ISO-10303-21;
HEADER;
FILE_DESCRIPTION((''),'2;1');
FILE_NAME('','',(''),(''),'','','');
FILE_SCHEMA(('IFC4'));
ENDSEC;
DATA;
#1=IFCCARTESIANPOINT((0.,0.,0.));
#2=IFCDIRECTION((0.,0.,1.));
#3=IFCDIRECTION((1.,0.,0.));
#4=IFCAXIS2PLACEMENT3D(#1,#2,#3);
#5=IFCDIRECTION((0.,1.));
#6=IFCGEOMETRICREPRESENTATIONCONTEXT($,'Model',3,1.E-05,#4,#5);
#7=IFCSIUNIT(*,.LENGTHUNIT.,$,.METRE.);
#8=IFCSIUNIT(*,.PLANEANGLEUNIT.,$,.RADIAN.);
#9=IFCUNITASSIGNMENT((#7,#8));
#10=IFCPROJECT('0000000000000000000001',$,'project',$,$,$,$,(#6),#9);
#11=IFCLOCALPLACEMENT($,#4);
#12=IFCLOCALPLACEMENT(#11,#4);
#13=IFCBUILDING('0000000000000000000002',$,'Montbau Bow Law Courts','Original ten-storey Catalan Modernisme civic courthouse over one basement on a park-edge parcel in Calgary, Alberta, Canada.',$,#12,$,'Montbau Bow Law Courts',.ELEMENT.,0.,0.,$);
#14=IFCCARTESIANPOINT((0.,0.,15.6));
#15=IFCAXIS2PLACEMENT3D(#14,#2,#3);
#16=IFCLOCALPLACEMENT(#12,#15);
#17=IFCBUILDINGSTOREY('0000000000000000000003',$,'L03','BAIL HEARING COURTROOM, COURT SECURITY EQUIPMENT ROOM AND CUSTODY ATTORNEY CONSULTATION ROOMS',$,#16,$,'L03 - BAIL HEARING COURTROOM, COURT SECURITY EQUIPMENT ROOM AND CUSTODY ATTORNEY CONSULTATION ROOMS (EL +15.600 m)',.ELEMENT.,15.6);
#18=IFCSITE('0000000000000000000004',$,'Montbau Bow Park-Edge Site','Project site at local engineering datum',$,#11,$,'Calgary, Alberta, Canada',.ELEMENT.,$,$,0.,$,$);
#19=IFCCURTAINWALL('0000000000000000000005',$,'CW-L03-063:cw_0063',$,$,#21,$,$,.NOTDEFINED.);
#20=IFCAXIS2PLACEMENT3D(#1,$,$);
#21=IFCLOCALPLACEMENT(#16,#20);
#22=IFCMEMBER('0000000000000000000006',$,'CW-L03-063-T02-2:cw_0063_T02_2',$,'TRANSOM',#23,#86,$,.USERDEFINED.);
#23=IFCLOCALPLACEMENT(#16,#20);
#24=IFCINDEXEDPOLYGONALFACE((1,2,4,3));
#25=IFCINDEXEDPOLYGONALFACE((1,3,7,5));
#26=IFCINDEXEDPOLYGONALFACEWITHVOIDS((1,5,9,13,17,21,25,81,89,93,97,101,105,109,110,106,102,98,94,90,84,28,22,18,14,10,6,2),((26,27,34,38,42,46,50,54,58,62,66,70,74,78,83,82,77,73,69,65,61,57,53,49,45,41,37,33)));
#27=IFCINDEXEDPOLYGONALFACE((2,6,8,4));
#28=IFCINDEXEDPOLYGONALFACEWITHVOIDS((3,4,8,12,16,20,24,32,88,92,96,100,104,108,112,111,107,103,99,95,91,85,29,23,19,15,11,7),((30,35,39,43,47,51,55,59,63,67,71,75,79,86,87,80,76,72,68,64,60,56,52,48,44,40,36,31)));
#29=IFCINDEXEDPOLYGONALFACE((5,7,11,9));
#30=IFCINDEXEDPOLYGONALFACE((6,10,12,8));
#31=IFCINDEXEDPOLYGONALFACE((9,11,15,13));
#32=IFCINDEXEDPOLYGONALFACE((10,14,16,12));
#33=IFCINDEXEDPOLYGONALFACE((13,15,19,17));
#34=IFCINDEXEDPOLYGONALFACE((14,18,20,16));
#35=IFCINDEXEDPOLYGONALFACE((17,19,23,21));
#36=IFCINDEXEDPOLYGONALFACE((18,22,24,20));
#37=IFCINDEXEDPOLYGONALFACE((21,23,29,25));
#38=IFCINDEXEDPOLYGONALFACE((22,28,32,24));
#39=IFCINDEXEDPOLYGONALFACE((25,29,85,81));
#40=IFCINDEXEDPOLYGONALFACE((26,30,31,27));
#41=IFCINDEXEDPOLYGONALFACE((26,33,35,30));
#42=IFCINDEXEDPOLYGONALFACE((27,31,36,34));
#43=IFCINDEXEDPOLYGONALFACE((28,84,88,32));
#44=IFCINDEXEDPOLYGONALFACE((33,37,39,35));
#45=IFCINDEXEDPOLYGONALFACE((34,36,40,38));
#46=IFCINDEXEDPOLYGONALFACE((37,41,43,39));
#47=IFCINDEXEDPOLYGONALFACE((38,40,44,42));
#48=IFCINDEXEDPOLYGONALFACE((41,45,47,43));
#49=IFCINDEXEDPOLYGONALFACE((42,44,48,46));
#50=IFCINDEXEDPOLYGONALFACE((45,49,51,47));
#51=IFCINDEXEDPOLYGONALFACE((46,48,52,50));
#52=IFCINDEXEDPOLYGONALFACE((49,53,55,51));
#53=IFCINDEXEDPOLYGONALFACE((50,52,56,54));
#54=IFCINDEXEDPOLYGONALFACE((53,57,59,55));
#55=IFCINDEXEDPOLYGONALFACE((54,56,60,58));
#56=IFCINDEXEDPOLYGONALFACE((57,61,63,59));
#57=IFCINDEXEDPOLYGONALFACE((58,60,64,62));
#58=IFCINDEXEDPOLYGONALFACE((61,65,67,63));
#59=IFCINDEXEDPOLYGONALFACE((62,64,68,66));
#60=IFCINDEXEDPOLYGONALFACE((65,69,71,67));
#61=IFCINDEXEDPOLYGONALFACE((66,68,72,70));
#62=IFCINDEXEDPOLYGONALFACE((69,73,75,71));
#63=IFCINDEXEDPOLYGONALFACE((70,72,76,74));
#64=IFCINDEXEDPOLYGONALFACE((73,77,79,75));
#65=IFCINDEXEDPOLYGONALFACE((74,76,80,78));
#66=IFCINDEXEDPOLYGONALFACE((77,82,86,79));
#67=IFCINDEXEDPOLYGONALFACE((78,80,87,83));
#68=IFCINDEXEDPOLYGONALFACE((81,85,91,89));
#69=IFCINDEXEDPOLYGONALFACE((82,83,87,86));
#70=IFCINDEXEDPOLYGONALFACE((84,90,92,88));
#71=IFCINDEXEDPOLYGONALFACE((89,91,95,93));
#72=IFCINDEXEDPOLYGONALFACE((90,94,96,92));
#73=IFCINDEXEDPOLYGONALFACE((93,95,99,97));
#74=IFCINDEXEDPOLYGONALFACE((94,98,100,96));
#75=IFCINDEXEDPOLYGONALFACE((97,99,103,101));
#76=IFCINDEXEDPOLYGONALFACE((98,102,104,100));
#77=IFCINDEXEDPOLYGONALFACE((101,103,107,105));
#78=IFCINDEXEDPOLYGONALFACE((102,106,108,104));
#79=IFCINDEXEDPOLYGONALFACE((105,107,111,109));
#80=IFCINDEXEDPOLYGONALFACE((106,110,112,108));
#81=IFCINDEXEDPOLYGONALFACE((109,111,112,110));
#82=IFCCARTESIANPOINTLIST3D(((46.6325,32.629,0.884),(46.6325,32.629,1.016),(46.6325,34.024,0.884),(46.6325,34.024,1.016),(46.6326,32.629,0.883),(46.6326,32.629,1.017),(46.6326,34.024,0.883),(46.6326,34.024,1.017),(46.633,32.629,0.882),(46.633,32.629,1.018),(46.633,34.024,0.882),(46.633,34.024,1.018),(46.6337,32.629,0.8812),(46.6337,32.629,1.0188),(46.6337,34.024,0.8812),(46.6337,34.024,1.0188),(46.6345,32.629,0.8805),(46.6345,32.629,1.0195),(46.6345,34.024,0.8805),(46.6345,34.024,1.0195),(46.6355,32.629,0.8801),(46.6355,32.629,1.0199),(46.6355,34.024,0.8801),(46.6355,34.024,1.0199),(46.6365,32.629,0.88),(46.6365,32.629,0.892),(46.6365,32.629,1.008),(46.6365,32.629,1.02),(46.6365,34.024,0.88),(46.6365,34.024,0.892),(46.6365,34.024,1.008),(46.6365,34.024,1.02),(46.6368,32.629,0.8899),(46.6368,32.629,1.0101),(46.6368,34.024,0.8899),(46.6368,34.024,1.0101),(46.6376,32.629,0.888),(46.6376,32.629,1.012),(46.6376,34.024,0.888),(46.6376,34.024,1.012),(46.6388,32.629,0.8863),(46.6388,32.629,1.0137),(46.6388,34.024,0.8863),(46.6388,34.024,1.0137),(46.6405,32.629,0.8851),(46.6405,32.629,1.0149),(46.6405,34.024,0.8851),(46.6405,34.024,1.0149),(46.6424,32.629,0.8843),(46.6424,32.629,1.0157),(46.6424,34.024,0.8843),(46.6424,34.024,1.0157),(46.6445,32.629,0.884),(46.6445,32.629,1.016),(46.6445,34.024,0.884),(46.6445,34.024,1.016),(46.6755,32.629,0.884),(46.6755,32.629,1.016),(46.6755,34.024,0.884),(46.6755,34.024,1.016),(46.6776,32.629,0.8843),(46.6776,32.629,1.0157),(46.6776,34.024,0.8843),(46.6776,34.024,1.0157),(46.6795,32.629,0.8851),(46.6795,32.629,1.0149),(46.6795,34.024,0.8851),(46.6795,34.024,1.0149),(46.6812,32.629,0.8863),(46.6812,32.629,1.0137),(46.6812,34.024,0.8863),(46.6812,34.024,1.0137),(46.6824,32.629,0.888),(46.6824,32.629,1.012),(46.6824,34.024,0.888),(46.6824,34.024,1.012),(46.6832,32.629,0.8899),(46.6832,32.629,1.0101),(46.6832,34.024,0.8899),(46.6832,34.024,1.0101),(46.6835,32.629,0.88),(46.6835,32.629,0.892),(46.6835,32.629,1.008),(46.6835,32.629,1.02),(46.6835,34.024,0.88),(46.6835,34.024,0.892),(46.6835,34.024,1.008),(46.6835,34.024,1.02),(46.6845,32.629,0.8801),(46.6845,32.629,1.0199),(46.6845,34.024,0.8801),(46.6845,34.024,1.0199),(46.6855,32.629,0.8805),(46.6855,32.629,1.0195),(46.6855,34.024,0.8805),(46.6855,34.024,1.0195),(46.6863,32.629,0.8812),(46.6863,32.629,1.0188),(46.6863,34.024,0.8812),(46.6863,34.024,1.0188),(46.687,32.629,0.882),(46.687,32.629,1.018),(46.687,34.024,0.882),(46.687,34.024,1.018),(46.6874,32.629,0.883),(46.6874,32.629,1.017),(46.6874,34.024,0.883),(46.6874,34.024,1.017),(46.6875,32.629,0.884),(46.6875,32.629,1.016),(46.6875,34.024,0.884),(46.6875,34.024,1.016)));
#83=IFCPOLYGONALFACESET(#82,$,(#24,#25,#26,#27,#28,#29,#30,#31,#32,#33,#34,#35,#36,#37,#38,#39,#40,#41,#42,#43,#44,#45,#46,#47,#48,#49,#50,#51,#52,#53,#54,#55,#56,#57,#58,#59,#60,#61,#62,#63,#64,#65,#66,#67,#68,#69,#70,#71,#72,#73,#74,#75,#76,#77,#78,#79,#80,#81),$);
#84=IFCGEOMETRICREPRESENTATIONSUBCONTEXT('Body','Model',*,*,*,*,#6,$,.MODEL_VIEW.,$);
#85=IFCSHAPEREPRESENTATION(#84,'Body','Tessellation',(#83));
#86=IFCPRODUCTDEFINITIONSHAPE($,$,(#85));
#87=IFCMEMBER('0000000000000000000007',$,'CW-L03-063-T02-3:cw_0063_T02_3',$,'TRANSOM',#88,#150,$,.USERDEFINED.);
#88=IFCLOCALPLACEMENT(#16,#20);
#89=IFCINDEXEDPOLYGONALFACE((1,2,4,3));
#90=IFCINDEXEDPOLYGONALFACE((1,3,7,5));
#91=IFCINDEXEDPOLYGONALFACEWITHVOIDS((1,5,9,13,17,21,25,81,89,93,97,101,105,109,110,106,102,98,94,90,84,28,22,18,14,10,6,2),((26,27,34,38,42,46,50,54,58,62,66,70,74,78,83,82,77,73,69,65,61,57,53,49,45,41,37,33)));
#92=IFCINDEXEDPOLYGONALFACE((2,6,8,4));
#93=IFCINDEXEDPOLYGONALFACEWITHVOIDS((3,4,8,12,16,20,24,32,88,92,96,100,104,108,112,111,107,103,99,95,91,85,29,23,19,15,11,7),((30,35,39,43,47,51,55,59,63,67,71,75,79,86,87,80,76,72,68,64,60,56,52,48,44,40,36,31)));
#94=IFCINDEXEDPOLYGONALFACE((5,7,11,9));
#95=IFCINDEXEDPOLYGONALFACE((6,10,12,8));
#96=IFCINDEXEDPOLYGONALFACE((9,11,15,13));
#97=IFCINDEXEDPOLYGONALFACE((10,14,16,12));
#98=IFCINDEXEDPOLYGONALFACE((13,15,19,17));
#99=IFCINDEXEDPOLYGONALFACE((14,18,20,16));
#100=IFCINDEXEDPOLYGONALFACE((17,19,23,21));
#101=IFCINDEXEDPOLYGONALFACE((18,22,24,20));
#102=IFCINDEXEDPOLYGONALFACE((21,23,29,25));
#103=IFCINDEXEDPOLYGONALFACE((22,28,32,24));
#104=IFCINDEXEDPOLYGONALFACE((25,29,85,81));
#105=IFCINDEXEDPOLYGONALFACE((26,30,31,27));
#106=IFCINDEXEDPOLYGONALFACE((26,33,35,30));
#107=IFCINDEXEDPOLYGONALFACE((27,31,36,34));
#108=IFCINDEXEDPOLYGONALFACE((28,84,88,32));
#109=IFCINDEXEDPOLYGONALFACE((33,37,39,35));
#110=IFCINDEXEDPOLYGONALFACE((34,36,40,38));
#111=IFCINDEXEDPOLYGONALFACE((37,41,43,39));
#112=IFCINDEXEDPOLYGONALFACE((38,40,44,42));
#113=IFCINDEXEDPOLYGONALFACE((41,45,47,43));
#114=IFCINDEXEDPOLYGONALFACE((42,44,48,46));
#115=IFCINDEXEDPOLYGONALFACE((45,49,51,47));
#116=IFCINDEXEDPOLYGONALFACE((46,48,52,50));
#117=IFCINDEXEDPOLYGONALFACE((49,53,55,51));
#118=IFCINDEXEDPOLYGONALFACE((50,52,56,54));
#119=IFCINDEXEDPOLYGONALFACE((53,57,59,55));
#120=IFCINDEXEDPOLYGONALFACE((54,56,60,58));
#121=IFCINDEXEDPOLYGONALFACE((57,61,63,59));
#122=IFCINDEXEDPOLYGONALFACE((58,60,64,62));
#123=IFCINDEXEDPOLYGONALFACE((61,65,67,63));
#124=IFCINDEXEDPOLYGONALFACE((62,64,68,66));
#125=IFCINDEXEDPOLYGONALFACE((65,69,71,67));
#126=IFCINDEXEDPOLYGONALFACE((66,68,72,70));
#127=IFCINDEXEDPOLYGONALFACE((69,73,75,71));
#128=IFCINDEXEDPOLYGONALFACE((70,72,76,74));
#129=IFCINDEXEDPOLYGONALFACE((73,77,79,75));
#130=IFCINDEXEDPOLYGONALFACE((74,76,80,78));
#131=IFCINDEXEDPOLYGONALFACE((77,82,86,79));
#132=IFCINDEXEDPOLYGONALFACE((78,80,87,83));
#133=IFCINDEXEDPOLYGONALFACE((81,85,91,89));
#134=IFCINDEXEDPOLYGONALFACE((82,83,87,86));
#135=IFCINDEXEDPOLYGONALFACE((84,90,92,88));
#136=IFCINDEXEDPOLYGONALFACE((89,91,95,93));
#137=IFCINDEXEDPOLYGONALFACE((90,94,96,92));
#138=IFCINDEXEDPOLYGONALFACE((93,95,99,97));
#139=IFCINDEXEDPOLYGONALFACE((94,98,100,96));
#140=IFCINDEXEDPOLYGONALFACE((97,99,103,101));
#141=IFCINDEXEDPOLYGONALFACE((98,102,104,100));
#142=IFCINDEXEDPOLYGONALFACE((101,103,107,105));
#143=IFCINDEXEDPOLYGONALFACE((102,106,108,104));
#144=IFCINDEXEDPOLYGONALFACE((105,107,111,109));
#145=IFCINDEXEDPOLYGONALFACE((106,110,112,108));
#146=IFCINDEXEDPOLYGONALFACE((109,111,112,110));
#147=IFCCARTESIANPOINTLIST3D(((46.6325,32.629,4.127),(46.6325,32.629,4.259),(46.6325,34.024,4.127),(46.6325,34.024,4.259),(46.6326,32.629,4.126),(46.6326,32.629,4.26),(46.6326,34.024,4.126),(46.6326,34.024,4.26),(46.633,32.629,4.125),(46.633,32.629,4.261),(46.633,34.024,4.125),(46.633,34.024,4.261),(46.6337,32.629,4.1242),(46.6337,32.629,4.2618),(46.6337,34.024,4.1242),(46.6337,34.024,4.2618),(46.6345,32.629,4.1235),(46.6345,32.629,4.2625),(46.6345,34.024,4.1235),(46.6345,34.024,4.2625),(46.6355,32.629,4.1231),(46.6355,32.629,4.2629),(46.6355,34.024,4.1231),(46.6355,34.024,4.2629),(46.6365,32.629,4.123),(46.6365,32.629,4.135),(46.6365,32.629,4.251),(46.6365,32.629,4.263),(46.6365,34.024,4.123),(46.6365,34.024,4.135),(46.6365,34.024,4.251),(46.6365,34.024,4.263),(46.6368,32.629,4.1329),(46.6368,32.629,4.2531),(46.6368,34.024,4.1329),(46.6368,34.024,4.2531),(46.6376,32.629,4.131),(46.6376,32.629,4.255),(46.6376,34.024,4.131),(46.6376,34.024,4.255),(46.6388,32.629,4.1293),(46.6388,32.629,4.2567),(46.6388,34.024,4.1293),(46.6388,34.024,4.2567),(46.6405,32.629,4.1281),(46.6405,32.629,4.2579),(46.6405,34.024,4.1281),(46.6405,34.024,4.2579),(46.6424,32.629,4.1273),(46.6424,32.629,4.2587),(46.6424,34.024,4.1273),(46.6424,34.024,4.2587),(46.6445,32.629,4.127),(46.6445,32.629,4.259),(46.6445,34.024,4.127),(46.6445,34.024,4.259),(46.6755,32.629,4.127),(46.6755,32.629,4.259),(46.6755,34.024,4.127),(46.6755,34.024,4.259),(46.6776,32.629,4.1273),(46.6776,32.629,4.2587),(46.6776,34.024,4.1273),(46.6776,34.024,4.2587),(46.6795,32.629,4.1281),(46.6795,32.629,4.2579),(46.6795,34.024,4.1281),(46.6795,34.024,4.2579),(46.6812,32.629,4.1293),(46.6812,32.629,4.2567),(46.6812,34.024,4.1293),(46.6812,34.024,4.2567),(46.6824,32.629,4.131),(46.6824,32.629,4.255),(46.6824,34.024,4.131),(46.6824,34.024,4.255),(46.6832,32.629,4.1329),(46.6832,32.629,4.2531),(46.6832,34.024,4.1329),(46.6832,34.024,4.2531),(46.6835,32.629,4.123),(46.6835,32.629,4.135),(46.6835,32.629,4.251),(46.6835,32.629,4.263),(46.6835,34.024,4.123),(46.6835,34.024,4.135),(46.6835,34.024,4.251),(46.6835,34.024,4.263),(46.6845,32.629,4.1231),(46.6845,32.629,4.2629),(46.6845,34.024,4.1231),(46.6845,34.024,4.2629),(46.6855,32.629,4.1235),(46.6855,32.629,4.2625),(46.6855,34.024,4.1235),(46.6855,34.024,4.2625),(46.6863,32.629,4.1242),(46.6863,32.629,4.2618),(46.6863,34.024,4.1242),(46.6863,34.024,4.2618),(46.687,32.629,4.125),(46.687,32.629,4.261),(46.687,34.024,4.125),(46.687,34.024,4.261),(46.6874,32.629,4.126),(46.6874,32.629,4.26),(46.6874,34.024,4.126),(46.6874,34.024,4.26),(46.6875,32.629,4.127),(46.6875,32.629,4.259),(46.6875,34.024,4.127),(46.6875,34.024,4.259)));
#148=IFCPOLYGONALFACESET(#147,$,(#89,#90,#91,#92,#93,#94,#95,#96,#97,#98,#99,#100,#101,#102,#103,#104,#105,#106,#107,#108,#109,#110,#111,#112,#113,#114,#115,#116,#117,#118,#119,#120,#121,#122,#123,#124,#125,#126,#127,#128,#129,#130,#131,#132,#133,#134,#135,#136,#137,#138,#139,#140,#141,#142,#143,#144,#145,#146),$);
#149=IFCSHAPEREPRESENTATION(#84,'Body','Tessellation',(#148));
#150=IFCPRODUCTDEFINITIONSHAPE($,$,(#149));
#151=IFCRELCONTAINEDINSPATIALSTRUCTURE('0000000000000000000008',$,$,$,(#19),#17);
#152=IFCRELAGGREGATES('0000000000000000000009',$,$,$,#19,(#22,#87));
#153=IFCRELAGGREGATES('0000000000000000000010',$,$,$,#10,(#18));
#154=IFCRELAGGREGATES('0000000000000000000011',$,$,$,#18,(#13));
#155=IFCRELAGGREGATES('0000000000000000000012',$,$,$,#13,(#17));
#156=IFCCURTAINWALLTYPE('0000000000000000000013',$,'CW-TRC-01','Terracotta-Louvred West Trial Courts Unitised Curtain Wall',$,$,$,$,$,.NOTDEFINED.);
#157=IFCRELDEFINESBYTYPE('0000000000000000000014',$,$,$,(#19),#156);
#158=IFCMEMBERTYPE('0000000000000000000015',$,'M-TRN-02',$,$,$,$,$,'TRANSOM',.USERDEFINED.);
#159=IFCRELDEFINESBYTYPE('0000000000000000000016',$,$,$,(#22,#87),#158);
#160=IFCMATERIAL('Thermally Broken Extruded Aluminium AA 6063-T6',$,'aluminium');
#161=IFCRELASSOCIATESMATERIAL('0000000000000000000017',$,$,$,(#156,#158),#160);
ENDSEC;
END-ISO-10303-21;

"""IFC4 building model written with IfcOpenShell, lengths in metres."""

from ifc_helpers import new_model, si_unit, direction, frame, origin_with_axes, origin_2d_with_axis, place, context, subcontext, project, spatial, hollow_rectangle, extrude, material, material_profile, profile_set, type_object, element, aggregate, save


model = new_model("IFC4")

# Units and contexts
model_context = context("Model", 3, precision=1e-05, world=origin_with_axes(), true_north=direction((0.0, 1.0)))
body_context = subcontext(model_context, "Body", "Model", "MODEL_VIEW")
ifc_project = project(units=[si_unit("LENGTHUNIT", "METRE"), si_unit("PLANEANGLEUNIT", "RADIAN")], contexts=[model_context])

# Site, building, storey
site_placement = place(None, origin_with_axes())
site = spatial("IfcSite", under=ifc_project, at=site_placement, Name="Montbau Bow Park-Edge Site", Description="Project site at local engineering datum", LongName="Calgary, Alberta, Canada", CompositionType="ELEMENT", RefElevation=0.0)
building_placement = place(site_placement, origin_with_axes())
building = spatial("IfcBuilding", under=site, at=building_placement, Name="Montbau Bow Law Courts", Description="Original ten-storey Catalan Modernisme civic courthouse over one basement on a park-edge parcel in Calgary, Alberta, Canada.", LongName="Montbau Bow Law Courts", CompositionType="ELEMENT", ElevationOfRefHeight=0.0, ElevationOfTerrain=0.0)
storey_placement = place(building_placement, frame((0.0, 0.0, 15.6), z_axis=(0.0, 0.0, 1.0), x_axis=(1.0, 0.0, 0.0)))
storey = spatial("IfcBuildingStorey", under=building, at=storey_placement, Name="L03", Description="BAIL HEARING COURTROOM, COURT SECURITY EQUIPMENT ROOM AND CUSTODY ATTORNEY CONSULTATION ROOMS", LongName="L03 - BAIL HEARING COURTROOM, COURT SECURITY EQUIPMENT ROOM AND CUSTODY ATTORNEY CONSULTATION ROOMS (EL +15.600 m)", CompositionType="ELEMENT", Elevation=15.6)

# Curtain wall, members
ifc_material_1 = material(Name="Thermally Broken Extruded Aluminium AA 6063-T6", Category="aluminium")
curtain_wall_type = type_object("IfcCurtainWallType", Name="CW-TRC-01", Description="Terracotta-Louvred West Trial Courts Unitised Curtain Wall", PredefinedType="NOTDEFINED", material=ifc_material_1)
curtain_wall_placement = place(None, frame((46.66, 31.115, 15.6), z_axis=(0.0, 0.0, 1.0), x_axis=(1.0, 0.0, 0.0)))
curtain_wall = element("IfcCurtainWall", 1, at=curtain_wall_placement, inside=storey, type_object=curtain_wall_type, Name="CW-L03-063:cw_0063", PredefinedType="NOTDEFINED")
ifc_material_profile_1 = material_profile(ifc_material_1, hollow_rectangle(XDim=0.055, YDim=0.14, WallThickness=0.004, InnerFilletRadius=0.008, OuterFilletRadius=0.004, at=origin_2d_with_axis()), Name="CWT-140X55", Category="Main", Priority=0)
ifc_profile_set_1 = profile_set([ifc_material_profile_1], Name="Thermally Broken Extruded Aluminium AA 6063-T6")
member_type_1 = type_object("IfcMemberType", Name="M-TRN-02", ElementType="TRANSOM", PredefinedType="USERDEFINED", material=ifc_profile_set_1)
member_1_placement = place(None, frame((46.66, 32.629, 16.55), z_axis=(0.0, 1.0, 0.0), x_axis=(-1.0, 0.0, 0.0)))
member_1 = element("IfcMember", 2, at=member_1_placement, type_object=member_type_1, Name="CW-L03-063-T02-2:cw_0063_T02_2", ObjectType="TRANSOM", PredefinedType="USERDEFINED", context=body_context, shape_type="SweptSolid", body=[
    extrude(hollow_rectangle(XDim=0.055, YDim=0.14, WallThickness=0.004, InnerFilletRadius=0.008, OuterFilletRadius=0.004, at=origin_2d_with_axis()), origin_with_axes(), (0.0, 0.0, 1.0), 1.395),
])
member_2_placement = place(None, frame((46.66, 32.629, 19.793), z_axis=(0.0, 1.0, 0.0), x_axis=(-1.0, 0.0, 0.0)))
member_2 = element("IfcMember", 3, at=member_2_placement, type_object=member_type_1, Name="CW-L03-063-T02-3:cw_0063_T02_3", ObjectType="TRANSOM", PredefinedType="USERDEFINED", context=body_context, shape_type="SweptSolid", body=[
    extrude(hollow_rectangle(XDim=0.055, YDim=0.14, WallThickness=0.004, InnerFilletRadius=0.008, OuterFilletRadius=0.004, at=origin_2d_with_axis()), origin_with_axes(), (0.0, 0.0, 1.0), 1.395),
])
aggregate(curtain_wall, [member_1, member_2])

save(model, "model.ifc")
